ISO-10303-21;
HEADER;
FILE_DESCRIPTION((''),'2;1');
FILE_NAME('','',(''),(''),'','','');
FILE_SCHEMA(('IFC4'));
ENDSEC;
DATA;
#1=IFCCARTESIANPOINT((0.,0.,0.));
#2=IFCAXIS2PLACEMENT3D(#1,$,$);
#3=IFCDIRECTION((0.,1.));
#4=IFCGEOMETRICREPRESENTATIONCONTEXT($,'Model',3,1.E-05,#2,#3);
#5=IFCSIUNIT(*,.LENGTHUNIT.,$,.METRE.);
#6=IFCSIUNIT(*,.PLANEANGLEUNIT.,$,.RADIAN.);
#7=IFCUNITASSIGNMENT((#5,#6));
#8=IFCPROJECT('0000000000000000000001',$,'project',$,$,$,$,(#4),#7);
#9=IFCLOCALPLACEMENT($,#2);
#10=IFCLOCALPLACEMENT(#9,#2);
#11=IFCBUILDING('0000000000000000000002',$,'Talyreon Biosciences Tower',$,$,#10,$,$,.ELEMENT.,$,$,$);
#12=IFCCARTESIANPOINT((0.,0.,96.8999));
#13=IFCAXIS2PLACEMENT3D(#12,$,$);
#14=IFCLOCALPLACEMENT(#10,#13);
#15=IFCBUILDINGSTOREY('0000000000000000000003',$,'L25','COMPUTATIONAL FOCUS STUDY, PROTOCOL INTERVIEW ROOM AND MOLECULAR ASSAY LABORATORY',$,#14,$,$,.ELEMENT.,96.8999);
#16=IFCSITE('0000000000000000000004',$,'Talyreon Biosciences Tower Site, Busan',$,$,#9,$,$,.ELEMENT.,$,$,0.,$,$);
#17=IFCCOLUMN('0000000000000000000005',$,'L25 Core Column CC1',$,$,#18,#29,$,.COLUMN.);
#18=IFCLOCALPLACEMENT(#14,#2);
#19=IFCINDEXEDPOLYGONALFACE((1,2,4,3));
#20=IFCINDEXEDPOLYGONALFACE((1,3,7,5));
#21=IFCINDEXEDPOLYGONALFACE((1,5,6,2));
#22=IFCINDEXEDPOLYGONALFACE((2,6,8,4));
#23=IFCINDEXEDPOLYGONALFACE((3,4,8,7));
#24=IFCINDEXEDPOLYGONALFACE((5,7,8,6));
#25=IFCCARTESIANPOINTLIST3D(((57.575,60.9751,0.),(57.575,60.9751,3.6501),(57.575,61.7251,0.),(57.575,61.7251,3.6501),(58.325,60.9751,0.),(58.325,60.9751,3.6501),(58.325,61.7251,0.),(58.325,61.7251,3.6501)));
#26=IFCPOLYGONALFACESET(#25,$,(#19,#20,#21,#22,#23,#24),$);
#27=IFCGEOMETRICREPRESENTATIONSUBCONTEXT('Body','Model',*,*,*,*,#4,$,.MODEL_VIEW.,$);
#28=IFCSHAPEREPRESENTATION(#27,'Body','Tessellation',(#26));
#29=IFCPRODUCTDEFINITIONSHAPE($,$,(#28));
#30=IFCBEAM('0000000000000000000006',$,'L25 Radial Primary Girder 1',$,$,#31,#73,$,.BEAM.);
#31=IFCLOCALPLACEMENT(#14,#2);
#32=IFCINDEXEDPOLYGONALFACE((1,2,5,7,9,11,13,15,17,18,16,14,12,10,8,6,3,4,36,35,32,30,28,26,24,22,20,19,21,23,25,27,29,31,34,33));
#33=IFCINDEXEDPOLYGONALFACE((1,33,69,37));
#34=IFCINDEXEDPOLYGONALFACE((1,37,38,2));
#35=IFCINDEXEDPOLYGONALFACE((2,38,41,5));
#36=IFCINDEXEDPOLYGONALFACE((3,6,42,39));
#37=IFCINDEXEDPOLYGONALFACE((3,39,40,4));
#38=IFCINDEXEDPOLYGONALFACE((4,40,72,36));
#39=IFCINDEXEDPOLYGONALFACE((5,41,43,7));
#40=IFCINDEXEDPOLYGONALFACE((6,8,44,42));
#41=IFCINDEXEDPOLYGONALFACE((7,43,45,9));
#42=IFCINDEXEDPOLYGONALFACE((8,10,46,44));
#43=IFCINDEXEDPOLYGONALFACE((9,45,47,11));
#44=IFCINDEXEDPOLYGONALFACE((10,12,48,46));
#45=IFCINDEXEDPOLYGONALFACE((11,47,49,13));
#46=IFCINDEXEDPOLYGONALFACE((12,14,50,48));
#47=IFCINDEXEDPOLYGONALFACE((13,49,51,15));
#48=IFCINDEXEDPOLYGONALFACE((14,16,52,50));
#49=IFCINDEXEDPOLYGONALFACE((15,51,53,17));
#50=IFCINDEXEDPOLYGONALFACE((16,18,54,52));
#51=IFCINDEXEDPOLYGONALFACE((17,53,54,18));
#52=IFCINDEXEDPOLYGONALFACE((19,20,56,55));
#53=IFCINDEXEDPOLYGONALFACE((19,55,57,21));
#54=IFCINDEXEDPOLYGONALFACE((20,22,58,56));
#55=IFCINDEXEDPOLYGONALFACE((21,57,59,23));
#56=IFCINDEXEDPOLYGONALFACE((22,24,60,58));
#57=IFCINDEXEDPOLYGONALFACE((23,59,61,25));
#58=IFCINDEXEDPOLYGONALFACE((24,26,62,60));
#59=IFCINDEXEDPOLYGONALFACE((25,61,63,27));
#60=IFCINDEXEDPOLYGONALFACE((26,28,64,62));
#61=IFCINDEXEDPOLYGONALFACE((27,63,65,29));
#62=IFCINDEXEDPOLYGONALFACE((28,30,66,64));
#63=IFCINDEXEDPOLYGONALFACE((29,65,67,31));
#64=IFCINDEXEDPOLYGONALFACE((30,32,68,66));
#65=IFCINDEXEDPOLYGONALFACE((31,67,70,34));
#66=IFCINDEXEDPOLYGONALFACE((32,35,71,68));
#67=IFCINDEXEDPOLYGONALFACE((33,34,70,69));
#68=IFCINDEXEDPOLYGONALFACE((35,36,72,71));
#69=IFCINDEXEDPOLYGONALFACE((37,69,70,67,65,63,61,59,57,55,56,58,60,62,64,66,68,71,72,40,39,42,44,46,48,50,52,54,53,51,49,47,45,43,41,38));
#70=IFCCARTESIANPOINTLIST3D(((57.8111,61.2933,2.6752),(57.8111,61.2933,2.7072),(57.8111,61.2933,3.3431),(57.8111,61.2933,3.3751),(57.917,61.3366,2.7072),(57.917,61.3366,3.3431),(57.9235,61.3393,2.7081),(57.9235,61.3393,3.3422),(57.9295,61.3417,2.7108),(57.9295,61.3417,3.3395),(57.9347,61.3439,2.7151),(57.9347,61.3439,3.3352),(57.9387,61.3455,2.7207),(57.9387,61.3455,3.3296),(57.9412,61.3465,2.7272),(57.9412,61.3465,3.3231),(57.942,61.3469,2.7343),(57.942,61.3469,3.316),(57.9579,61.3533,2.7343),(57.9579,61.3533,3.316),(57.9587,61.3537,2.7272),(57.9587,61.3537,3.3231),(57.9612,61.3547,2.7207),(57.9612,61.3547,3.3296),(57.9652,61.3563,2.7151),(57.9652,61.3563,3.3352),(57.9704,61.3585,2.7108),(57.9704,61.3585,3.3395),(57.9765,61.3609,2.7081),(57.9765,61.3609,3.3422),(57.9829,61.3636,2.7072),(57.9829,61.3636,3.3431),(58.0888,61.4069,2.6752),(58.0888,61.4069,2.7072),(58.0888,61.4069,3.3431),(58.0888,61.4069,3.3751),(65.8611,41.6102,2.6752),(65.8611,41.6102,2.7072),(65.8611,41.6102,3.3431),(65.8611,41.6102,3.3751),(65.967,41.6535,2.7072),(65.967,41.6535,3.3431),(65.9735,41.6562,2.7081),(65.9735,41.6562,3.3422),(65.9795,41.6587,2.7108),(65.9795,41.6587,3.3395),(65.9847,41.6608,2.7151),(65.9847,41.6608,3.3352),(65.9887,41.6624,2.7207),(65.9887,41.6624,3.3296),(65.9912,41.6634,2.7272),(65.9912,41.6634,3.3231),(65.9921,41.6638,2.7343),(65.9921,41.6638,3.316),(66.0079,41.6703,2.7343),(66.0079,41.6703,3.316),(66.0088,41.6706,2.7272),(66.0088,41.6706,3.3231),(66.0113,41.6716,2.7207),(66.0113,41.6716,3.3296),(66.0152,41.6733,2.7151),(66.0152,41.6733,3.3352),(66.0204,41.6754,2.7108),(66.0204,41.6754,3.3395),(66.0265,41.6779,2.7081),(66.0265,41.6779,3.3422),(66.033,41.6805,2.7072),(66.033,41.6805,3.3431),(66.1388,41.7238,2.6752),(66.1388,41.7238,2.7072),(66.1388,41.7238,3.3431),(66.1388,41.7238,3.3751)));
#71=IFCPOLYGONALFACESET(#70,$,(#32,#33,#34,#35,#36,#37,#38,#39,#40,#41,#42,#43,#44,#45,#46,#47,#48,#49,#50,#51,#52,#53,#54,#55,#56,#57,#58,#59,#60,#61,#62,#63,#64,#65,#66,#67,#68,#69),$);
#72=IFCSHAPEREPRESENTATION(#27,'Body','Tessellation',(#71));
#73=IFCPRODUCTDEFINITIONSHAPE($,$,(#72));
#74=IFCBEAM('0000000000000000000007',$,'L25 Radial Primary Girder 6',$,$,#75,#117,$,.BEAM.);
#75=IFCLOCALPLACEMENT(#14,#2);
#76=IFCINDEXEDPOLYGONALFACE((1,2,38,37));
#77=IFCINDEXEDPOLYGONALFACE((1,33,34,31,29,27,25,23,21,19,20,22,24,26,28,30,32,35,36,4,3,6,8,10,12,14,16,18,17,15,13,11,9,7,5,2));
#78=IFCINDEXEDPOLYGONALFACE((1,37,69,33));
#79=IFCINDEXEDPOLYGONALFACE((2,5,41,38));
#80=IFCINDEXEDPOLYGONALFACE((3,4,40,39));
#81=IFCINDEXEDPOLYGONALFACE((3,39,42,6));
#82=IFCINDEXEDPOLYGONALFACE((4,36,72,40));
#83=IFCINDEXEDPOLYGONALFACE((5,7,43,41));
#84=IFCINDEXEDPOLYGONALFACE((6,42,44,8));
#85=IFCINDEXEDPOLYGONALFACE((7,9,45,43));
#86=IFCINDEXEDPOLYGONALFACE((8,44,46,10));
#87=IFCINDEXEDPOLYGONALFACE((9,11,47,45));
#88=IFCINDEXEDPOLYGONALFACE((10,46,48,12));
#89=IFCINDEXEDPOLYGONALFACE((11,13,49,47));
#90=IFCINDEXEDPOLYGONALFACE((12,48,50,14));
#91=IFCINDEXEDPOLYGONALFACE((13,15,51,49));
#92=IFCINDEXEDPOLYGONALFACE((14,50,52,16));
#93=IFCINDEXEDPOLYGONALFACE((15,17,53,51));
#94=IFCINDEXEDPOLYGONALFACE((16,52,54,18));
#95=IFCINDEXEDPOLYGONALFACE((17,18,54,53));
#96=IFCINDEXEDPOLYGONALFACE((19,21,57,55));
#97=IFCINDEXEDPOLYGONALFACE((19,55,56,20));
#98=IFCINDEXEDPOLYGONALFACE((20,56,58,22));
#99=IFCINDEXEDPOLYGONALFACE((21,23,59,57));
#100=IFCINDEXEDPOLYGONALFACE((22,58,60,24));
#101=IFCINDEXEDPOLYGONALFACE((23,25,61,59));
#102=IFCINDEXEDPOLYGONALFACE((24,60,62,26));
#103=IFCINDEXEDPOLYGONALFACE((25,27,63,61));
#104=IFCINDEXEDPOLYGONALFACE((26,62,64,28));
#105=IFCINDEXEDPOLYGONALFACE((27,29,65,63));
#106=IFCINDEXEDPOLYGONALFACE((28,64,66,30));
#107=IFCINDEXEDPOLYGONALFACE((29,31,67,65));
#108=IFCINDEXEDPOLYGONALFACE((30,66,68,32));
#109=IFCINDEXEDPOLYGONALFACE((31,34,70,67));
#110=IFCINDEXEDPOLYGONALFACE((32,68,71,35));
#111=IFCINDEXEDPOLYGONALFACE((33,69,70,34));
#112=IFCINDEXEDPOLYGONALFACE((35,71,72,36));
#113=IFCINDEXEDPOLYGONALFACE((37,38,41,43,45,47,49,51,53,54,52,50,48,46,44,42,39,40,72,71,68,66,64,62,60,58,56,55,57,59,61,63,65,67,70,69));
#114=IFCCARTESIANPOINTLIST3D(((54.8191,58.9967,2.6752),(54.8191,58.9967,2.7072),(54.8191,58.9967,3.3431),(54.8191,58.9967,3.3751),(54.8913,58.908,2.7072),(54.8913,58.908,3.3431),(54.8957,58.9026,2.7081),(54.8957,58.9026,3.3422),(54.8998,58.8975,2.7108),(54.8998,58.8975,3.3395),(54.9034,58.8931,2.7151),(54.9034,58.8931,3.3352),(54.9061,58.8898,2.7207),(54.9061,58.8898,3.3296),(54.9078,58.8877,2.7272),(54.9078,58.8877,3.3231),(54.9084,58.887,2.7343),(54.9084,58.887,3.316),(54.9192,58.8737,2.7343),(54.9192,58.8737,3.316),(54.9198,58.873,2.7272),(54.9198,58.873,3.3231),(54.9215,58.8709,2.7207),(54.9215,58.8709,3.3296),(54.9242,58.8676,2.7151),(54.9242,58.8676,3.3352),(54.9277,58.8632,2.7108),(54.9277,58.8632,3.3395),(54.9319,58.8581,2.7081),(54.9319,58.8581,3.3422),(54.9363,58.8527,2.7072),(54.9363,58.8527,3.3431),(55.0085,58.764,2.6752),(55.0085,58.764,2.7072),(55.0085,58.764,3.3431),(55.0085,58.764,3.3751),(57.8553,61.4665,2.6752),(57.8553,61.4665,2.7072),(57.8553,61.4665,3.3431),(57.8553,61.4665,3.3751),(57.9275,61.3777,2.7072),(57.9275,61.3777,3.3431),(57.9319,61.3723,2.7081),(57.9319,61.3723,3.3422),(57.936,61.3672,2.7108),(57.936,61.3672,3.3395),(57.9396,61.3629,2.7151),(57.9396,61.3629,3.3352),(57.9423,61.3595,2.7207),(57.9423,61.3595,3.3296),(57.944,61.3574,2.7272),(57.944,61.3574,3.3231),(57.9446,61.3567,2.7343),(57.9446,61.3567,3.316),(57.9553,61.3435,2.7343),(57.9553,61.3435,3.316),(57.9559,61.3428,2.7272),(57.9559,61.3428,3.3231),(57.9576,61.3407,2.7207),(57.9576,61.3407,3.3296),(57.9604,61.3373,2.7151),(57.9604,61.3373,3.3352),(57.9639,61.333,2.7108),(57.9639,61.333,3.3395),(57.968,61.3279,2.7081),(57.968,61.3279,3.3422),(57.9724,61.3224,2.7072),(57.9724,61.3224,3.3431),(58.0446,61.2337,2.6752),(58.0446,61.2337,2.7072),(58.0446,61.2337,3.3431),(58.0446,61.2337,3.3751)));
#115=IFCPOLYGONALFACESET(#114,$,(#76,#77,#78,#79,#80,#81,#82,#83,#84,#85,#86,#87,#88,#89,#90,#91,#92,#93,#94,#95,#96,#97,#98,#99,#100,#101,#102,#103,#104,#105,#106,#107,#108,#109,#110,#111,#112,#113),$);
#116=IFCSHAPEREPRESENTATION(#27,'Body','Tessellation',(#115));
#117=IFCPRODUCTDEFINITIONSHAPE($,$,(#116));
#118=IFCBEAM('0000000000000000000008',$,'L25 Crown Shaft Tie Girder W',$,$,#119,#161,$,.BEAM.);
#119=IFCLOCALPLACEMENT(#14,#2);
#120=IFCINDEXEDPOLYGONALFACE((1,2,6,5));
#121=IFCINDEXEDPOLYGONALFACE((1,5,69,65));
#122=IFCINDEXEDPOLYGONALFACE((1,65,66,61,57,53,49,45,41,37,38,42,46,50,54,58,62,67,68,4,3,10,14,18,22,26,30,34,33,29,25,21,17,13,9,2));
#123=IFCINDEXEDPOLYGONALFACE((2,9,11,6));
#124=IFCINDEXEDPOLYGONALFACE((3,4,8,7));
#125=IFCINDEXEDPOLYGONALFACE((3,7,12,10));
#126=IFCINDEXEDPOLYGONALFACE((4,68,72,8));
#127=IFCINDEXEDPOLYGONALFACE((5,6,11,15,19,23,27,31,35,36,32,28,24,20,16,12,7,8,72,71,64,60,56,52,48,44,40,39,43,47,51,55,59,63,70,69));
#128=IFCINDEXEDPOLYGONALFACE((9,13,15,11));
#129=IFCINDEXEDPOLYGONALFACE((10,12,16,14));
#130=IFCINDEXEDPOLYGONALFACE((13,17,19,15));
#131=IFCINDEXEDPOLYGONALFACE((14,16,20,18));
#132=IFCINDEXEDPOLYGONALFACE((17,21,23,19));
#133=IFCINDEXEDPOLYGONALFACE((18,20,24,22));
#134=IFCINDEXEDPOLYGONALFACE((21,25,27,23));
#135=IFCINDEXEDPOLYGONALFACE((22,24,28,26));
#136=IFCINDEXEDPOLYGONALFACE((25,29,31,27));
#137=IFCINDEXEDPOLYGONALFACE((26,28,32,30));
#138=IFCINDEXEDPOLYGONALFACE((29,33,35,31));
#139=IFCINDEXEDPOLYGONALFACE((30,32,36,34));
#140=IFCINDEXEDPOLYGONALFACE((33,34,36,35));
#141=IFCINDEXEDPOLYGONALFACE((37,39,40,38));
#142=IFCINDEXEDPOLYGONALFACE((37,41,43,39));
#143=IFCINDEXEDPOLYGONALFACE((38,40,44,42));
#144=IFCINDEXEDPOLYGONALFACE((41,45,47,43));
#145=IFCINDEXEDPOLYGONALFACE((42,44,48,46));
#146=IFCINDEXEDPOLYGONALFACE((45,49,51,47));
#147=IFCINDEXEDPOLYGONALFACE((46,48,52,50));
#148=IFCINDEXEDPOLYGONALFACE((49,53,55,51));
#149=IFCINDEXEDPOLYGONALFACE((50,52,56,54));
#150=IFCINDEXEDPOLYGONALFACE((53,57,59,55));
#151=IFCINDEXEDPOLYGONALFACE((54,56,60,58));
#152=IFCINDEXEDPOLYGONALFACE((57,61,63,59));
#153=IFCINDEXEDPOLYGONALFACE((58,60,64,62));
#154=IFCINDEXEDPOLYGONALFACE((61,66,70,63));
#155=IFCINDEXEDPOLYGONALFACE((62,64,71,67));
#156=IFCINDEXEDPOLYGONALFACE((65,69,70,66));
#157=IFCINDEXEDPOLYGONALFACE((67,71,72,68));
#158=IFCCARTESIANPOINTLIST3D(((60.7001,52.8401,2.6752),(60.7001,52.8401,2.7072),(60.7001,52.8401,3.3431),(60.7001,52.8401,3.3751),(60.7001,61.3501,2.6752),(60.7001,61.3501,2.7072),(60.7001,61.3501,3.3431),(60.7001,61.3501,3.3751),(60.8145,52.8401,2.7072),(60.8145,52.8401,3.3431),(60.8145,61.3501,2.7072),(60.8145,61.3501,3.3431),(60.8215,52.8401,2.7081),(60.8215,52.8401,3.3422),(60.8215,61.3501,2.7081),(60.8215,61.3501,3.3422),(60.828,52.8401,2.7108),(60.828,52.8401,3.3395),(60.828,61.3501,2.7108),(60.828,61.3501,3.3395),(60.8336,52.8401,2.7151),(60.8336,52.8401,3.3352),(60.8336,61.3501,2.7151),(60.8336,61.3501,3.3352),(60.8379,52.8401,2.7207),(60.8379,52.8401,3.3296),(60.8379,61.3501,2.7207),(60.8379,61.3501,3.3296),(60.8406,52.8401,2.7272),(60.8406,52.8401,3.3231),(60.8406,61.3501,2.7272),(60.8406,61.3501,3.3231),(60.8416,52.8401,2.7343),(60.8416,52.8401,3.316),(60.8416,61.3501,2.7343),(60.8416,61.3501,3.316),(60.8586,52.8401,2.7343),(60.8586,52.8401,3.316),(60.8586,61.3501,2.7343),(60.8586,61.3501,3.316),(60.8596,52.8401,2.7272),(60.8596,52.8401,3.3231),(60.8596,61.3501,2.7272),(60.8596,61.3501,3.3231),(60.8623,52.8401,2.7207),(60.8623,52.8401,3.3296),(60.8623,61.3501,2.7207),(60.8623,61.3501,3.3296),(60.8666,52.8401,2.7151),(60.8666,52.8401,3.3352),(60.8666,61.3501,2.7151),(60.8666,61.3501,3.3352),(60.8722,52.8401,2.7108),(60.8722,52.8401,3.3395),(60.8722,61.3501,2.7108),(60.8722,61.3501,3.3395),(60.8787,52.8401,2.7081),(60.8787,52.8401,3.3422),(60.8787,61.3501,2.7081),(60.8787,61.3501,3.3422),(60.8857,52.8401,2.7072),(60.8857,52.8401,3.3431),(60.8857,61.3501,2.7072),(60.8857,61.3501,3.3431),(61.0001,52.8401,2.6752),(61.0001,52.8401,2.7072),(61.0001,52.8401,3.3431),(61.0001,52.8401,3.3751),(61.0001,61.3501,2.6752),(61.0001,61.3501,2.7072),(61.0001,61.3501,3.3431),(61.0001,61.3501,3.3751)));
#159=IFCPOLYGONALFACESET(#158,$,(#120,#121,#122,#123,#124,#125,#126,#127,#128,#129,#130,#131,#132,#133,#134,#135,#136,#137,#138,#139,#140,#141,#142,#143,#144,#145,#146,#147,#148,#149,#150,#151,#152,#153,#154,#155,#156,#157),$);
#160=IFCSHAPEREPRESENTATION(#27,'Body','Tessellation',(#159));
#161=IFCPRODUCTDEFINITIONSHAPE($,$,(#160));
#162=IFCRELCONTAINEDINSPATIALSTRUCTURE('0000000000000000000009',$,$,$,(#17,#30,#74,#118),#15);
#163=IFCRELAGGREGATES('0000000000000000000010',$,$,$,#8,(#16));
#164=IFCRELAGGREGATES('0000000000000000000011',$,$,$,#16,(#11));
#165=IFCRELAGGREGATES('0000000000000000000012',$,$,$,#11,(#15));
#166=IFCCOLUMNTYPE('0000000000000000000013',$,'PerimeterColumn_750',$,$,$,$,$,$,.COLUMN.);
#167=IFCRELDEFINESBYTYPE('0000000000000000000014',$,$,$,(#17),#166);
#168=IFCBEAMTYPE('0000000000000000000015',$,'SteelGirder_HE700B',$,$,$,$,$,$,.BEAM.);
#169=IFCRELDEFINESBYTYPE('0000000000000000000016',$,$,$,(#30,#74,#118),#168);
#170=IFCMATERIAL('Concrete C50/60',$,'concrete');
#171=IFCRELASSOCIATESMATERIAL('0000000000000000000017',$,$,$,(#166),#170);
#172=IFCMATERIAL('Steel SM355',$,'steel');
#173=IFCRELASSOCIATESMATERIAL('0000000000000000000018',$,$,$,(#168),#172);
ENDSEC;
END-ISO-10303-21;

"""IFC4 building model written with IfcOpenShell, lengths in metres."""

from ifc_helpers import new_model, si_unit, direction, frame, origin, origin_2d, place, context, subcontext, project, spatial, rectangle, i_section, extrude, material, material_profile, profile_set, type_object, element, save


model = new_model("IFC4")

# Units and contexts
model_context = context("Model", 3, precision=1e-05, world=origin(), true_north=direction((0.0, 1.0)))
body_context = subcontext(model_context, "Body", "Model", "MODEL_VIEW")
ifc_project = project(units=[si_unit("LENGTHUNIT", "METRE"), si_unit("PLANEANGLEUNIT", "RADIAN")], contexts=[model_context])

# Site, building, storey
site_placement = place(None, origin())
site = spatial("IfcSite", under=ifc_project, at=site_placement, Name="Talyreon Biosciences Tower Site, Busan", CompositionType="ELEMENT", RefElevation=0.0)
building_placement = place(site_placement, origin())
building = spatial("IfcBuilding", under=site, at=building_placement, Name="Talyreon Biosciences Tower", CompositionType="ELEMENT")
storey_placement = place(building_placement, frame((0.0, 0.0, 96.8999)))
storey = spatial("IfcBuildingStorey", under=building, at=storey_placement, Name="L25", Description="COMPUTATIONAL FOCUS STUDY, PROTOCOL INTERVIEW ROOM AND MOLECULAR ASSAY LABORATORY", CompositionType="ELEMENT", Elevation=96.8999)

# Column
ifc_material_1 = material(Name="Concrete C50/60", Category="concrete")
ifc_material_profile_1 = material_profile(ifc_material_1, rectangle(XDim=0.75, YDim=0.75, at=origin_2d()), Name="RC 750x750")
ifc_profile_set_1 = profile_set([ifc_material_profile_1], Name="Concrete C50/60")
column_type = type_object("IfcColumnType", Name="PerimeterColumn_750", PredefinedType="COLUMN", material=ifc_profile_set_1)
column_placement = place(storey_placement, frame((57.95, 61.3501, 0.0), z_axis=(0.0, 0.0, 1.0), x_axis=(1.0, 0.0, 0.0)))
element("IfcColumn", 1, at=column_placement, inside=storey, type_object=column_type, Name="L25 Core Column CC1", PredefinedType="COLUMN", context=body_context, shape_type="SweptSolid", body=[
    extrude(rectangle(XDim=0.75, YDim=0.75, at=origin_2d()), origin(), (0.0, 0.0, 1.0), 3.6501),
])

# Beams
ifc_material_2 = material(Name="Steel SM355", Category="steel")
ifc_material_profile_2 = material_profile(ifc_material_2, i_section(OverallWidth=0.3, OverallDepth=0.7, WebThickness=0.0171, FlangeThickness=0.032, FilletRadius=0.0271, at=origin_2d()), Name="HE700B")
ifc_profile_set_2 = profile_set([ifc_material_profile_2], Name="Steel SM355")
beam_type_1 = type_object("IfcBeamType", Name="SteelGirder_HE700B", PredefinedType="BEAM", material=ifc_profile_set_2)
beam_1_placement = place(storey_placement, frame((57.95, 61.3501, 3.0251), z_axis=(0.378547, -0.925582, 0.0), x_axis=(0.925582, 0.378547, 0.0)))
element("IfcBeam", 2, at=beam_1_placement, inside=storey, type_object=beam_type_1, Name="L25 Radial Primary Girder 1", PredefinedType="BEAM", context=body_context, shape_type="SweptSolid", body=[
    extrude(i_section(OverallWidth=0.3, OverallDepth=0.7, WebThickness=0.0171, FlangeThickness=0.032, FilletRadius=0.0271, at=origin_2d()), origin(), (0.0, 0.0, 1.0), 21.2656),
])
beam_2_placement = place(storey_placement, frame((57.95, 61.3501, 3.0251), z_axis=(-0.775755, -0.631034, 0.0), x_axis=(0.631034, -0.775755, 0.0)))
element("IfcBeam", 3, at=beam_2_placement, inside=storey, type_object=beam_type_1, Name="L25 Radial Primary Girder 6", PredefinedType="BEAM", context=body_context, shape_type="SweptSolid", body=[
    extrude(i_section(OverallWidth=0.3, OverallDepth=0.7, WebThickness=0.0171, FlangeThickness=0.032, FilletRadius=0.0271, at=origin_2d()), origin(), (0.0, 0.0, 1.0), 3.9138),
])
beam_3_placement = place(storey_placement, frame((60.8501, 52.8401, 3.0251), z_axis=(0.0, 1.0, 0.0), x_axis=(-1.0, 0.0, 0.0)))
element("IfcBeam", 4, at=beam_3_placement, inside=storey, type_object=beam_type_1, Name="L25 Crown Shaft Tie Girder W", PredefinedType="BEAM", context=body_context, shape_type="SweptSolid", body=[
    extrude(i_section(OverallWidth=0.3, OverallDepth=0.7, WebThickness=0.0171, FlangeThickness=0.032, FilletRadius=0.0271, at=origin_2d()), origin(), (0.0, 0.0, 1.0), 8.51),
])

save(model, "model.ifc")
